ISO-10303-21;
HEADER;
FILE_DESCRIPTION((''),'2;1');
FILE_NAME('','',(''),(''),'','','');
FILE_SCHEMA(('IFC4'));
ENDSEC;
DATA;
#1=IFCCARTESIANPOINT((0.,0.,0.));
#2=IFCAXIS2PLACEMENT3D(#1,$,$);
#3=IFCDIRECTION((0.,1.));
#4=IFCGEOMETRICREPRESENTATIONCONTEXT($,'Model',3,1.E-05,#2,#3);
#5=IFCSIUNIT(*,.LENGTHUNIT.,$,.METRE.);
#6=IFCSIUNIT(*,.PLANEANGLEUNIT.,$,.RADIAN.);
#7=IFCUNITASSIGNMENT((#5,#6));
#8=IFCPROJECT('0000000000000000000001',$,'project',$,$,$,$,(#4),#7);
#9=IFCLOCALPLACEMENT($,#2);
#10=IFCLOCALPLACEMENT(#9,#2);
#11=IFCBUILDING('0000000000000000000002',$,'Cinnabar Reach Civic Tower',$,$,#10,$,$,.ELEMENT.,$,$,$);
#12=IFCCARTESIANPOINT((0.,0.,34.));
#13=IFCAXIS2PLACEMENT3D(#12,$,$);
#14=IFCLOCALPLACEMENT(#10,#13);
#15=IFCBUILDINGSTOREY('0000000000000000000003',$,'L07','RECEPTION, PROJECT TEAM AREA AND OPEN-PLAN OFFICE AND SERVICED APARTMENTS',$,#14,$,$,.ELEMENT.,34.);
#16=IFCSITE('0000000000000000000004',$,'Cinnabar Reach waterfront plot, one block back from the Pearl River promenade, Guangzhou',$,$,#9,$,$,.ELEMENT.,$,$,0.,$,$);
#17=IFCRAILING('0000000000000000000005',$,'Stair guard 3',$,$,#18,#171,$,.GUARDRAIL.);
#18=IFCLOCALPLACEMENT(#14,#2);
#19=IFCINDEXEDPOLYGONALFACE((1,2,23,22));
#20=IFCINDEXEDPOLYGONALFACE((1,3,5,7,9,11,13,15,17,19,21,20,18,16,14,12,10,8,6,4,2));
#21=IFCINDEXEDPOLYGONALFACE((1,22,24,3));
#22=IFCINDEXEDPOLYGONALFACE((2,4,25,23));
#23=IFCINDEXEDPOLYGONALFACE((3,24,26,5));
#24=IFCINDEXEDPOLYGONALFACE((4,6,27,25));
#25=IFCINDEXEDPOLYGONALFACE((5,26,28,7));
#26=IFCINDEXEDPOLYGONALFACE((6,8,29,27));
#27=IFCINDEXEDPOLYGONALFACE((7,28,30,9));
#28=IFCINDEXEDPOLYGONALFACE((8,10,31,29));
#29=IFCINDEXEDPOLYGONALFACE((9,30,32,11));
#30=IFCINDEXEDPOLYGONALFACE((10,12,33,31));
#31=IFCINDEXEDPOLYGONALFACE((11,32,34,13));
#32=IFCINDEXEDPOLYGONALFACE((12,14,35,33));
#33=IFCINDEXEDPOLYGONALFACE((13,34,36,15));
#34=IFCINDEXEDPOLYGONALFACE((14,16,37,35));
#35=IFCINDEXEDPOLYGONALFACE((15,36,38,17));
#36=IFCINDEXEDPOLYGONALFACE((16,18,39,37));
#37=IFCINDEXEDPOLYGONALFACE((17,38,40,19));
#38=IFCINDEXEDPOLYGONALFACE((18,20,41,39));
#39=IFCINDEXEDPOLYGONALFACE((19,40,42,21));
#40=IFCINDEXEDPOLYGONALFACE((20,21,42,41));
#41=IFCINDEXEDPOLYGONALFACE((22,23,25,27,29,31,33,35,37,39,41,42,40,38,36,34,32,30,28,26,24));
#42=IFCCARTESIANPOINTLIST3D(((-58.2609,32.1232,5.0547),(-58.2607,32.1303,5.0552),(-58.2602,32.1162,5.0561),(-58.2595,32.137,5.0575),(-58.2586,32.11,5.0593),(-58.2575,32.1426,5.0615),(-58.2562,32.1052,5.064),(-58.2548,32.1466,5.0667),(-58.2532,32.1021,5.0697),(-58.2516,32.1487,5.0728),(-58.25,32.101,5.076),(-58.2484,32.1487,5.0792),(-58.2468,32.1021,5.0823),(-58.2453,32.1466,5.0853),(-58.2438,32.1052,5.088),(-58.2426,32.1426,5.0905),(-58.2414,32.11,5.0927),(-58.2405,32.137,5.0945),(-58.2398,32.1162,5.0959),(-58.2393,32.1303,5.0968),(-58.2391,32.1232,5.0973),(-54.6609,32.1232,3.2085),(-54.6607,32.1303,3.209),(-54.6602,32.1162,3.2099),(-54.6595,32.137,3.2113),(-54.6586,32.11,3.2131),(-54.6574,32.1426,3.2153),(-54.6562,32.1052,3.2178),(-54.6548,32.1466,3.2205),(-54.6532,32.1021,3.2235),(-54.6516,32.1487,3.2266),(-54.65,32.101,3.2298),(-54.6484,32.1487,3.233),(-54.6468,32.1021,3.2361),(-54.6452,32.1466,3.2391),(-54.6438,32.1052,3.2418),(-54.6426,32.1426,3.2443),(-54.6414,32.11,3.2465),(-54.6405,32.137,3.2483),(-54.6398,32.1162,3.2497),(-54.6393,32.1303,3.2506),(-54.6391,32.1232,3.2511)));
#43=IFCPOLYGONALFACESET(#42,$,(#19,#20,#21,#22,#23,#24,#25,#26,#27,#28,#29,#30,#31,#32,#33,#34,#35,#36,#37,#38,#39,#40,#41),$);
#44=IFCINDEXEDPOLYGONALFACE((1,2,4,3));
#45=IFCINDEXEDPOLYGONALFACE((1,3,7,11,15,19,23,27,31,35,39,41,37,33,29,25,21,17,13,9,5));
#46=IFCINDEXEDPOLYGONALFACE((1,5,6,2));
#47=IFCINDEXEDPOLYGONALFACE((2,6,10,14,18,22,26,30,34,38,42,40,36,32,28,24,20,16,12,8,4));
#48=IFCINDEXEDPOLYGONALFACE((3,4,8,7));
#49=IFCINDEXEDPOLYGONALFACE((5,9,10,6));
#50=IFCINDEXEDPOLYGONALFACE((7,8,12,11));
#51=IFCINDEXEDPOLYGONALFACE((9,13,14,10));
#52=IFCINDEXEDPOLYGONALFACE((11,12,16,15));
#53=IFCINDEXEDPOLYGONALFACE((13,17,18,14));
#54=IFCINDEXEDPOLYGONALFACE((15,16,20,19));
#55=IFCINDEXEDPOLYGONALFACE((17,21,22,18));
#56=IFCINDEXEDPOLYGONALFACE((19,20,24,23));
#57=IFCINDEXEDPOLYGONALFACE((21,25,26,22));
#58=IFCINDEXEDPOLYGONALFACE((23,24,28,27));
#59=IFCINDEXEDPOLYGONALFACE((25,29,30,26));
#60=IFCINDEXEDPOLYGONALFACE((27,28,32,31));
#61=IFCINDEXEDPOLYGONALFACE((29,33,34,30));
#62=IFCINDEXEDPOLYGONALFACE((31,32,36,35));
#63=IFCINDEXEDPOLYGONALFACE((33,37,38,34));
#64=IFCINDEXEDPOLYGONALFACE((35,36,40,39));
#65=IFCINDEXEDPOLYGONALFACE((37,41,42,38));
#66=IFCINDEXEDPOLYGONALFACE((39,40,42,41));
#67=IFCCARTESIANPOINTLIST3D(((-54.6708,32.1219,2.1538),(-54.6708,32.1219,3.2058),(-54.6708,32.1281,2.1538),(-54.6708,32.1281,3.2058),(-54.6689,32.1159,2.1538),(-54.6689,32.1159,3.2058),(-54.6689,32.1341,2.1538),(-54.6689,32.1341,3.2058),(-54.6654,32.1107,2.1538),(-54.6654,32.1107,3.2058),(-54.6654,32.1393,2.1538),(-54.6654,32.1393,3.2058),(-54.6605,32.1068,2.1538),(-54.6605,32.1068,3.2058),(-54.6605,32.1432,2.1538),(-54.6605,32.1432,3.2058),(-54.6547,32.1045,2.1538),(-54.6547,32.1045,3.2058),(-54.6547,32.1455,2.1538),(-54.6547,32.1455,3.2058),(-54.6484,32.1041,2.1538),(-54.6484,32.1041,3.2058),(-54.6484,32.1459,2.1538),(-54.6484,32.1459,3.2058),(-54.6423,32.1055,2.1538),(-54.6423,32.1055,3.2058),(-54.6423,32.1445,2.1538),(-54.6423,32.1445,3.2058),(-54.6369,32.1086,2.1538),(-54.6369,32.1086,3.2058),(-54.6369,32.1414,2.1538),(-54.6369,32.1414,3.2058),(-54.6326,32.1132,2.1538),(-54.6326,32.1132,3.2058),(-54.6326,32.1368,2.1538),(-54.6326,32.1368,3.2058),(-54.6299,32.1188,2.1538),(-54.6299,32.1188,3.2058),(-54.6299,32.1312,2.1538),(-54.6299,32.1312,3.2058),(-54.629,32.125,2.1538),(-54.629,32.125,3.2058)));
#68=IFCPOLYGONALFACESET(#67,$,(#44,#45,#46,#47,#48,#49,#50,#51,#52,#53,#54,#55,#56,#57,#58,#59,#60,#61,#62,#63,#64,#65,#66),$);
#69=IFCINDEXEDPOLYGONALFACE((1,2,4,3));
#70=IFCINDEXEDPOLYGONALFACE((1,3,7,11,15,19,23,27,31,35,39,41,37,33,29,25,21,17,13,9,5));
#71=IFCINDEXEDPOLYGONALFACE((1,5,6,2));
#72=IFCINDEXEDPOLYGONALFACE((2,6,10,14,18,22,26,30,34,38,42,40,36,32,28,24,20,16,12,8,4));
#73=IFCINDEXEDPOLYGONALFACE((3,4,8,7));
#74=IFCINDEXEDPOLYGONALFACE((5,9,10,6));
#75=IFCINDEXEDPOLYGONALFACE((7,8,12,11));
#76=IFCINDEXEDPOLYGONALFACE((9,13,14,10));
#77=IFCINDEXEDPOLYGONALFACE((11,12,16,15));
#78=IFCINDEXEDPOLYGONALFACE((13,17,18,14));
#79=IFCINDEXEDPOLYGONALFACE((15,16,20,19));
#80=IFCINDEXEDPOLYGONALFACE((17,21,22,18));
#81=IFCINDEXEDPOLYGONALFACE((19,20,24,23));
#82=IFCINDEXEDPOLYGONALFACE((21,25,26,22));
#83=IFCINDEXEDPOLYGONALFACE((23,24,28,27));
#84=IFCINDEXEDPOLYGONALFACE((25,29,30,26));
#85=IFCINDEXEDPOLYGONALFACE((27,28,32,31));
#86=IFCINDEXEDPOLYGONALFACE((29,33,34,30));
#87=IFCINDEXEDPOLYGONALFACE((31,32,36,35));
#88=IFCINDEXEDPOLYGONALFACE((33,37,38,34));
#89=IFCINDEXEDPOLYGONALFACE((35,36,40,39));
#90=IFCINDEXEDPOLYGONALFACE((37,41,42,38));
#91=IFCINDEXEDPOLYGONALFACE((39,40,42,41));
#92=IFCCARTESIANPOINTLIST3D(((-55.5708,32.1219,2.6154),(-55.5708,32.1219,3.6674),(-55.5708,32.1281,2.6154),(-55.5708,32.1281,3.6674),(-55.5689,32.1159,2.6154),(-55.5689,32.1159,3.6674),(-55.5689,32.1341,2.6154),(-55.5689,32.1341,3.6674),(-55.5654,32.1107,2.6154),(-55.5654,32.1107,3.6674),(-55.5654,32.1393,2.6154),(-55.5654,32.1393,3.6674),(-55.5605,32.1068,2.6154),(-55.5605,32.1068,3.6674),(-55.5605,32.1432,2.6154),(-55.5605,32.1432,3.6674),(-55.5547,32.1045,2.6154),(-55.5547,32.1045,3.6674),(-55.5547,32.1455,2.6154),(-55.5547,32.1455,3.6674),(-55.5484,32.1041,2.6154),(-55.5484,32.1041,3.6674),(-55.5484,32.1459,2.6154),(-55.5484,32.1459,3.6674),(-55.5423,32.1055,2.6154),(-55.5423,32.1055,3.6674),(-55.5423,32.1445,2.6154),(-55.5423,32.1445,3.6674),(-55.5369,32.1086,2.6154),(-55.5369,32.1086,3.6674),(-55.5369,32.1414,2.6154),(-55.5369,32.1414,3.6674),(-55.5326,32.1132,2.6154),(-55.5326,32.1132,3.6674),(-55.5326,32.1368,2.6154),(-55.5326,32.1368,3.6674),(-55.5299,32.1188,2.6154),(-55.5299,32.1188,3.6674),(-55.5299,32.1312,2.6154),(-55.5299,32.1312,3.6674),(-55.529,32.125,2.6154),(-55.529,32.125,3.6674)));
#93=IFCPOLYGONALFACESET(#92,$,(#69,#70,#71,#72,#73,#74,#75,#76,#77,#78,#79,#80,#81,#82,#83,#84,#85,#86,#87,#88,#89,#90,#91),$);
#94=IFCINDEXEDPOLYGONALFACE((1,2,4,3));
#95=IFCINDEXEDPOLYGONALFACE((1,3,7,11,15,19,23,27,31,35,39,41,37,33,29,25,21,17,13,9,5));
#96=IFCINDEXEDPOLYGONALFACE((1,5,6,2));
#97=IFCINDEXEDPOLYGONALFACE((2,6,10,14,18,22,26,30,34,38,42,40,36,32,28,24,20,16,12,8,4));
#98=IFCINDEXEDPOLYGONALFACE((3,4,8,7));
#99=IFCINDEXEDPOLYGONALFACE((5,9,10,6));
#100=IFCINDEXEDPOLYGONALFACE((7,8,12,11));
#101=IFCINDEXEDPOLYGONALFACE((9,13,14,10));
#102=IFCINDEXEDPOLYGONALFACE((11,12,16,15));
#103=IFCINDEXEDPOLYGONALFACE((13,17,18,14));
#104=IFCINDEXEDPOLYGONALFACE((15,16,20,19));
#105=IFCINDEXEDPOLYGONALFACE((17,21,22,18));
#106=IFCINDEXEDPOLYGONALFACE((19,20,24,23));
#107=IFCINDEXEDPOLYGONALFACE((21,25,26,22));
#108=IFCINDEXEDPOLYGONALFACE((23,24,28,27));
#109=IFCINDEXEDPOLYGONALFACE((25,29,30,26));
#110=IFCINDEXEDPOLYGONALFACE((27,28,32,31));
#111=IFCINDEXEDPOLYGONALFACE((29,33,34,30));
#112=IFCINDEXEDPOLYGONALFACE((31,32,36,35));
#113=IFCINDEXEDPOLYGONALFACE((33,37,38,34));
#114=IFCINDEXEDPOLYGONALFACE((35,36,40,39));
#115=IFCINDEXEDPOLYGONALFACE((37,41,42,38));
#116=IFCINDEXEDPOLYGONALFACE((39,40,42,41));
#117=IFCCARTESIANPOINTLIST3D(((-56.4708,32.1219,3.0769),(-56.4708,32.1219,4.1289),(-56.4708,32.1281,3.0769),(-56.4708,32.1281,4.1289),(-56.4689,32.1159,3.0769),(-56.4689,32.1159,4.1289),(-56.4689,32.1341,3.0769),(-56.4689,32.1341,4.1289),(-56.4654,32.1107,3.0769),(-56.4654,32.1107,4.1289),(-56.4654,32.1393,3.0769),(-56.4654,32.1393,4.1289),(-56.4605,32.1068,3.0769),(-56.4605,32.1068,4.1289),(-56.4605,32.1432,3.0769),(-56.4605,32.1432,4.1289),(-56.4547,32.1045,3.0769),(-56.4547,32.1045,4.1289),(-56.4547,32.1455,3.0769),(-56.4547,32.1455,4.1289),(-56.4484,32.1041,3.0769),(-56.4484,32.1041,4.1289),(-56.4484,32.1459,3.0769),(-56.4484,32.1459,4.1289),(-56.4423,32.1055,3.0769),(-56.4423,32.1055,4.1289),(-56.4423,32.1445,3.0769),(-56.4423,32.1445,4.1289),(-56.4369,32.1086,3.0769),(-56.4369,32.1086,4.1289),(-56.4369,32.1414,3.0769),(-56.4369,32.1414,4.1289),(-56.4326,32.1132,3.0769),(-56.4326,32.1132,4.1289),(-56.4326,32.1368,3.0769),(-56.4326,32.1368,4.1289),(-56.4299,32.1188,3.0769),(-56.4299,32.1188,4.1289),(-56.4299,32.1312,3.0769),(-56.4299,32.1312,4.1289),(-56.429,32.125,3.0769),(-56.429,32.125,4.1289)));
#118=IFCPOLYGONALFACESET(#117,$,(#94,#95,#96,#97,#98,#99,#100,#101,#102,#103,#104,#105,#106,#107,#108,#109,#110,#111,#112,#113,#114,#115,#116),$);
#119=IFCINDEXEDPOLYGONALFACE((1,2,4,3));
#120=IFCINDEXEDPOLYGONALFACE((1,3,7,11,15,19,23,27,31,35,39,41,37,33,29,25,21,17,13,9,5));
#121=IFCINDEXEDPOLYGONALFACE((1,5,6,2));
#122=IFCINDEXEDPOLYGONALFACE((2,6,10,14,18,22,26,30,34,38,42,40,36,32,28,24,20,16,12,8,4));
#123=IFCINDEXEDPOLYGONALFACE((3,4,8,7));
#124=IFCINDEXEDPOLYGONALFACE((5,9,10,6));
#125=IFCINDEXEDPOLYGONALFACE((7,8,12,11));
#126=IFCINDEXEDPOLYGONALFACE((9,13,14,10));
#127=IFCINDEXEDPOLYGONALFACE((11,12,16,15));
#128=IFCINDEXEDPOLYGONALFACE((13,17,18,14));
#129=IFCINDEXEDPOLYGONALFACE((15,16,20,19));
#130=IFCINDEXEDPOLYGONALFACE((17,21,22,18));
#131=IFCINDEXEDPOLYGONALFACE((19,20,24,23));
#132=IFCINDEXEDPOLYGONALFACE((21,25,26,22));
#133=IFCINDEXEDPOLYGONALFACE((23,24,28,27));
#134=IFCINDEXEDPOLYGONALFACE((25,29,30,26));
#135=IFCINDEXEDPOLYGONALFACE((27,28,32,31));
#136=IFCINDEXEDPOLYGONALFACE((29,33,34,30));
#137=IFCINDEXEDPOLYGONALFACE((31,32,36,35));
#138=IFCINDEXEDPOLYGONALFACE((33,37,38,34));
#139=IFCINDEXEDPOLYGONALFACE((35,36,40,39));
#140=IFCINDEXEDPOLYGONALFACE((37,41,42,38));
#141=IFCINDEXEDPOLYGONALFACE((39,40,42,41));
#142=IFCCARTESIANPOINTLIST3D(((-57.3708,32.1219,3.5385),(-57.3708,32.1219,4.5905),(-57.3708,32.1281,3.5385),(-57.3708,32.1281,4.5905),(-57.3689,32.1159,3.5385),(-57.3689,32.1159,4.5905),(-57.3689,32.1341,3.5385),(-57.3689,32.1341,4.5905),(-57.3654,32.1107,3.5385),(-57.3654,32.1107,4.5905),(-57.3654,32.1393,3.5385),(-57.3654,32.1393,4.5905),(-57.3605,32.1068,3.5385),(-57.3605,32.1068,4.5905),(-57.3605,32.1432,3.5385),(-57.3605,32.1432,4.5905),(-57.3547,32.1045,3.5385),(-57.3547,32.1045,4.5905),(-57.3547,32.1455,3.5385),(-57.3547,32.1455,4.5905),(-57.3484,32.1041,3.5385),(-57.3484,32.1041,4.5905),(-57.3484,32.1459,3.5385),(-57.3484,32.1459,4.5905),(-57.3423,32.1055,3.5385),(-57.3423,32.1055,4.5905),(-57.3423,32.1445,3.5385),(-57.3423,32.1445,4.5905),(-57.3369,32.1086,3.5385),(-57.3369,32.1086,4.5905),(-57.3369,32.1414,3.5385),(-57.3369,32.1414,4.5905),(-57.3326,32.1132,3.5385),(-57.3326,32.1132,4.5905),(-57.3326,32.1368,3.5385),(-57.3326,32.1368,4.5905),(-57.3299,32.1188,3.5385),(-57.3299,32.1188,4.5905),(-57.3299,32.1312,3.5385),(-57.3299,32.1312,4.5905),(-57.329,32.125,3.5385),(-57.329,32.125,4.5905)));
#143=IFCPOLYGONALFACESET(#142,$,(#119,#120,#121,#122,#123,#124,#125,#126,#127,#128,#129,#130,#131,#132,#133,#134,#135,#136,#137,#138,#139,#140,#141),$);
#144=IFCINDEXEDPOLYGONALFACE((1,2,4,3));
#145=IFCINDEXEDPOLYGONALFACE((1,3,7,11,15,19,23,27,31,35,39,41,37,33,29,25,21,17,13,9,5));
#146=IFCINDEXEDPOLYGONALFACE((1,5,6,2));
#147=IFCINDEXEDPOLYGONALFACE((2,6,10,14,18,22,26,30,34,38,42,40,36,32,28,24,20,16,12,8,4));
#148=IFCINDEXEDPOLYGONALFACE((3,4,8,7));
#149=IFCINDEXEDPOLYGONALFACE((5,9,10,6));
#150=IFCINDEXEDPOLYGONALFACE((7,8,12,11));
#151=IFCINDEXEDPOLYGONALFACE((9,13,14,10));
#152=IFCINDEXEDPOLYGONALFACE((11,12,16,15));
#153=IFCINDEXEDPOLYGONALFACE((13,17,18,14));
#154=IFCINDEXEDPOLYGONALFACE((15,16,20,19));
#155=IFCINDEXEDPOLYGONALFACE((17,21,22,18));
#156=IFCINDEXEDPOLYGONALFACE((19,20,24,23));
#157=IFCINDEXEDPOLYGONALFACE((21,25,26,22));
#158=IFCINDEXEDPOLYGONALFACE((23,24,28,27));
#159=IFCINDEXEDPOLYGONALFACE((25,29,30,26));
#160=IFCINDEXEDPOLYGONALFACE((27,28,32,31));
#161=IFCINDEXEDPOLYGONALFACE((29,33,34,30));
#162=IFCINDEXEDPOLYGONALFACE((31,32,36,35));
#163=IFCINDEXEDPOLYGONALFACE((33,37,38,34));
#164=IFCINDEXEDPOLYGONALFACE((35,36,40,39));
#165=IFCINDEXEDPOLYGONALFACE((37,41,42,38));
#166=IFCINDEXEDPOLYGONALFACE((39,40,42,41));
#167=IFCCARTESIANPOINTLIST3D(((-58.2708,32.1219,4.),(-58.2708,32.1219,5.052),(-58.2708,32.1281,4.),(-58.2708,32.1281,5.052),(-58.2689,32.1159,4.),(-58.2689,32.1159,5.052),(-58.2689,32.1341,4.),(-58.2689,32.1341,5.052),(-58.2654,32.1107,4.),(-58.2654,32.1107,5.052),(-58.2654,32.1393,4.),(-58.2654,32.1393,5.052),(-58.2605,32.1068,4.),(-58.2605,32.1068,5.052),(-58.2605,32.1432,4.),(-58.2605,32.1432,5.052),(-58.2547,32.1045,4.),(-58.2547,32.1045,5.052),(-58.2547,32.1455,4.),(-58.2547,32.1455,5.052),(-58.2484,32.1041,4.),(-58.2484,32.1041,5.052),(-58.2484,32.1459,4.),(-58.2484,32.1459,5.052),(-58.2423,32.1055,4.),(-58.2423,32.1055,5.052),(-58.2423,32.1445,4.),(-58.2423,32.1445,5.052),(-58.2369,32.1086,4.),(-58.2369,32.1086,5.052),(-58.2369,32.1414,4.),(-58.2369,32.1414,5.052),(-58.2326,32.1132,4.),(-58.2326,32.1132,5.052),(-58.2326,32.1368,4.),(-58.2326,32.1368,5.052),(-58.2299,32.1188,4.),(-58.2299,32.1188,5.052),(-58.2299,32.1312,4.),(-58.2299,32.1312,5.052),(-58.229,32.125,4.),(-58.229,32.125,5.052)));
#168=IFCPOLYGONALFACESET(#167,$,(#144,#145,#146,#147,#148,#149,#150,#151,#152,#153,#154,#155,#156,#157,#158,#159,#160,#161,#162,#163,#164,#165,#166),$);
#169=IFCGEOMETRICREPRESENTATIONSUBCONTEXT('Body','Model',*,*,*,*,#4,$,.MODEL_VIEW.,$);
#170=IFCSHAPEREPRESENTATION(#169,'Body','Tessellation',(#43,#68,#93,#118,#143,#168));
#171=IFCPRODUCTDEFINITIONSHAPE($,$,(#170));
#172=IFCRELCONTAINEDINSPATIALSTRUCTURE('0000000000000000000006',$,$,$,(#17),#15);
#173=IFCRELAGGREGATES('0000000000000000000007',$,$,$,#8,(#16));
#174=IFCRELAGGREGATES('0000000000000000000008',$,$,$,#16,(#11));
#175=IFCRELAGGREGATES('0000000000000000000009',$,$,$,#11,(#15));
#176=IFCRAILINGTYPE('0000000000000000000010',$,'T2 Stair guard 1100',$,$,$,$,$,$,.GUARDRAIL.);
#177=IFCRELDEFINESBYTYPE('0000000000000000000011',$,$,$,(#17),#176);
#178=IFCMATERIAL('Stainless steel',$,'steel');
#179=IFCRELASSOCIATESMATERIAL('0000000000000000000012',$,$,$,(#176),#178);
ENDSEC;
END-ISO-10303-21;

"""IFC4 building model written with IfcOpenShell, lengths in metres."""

from ifc_helpers import new_model, si_unit, direction, frame, origin, origin_2d, place, context, subcontext, project, spatial, circle, extrude, material, type_object, element, save


model = new_model("IFC4")

# Units and contexts
model_context = context("Model", 3, precision=1e-05, world=origin(), true_north=direction((0.0, 1.0)))
body_context = subcontext(model_context, "Body", "Model", "MODEL_VIEW")
ifc_project = project(units=[si_unit("LENGTHUNIT", "METRE"), si_unit("PLANEANGLEUNIT", "RADIAN")], contexts=[model_context])

# Site, building, storey
site_placement = place(None, origin())
site = spatial("IfcSite", under=ifc_project, at=site_placement, Name="Cinnabar Reach waterfront plot, one block back from the Pearl River promenade, Guangzhou", CompositionType="ELEMENT", RefElevation=0.0)
building_placement = place(site_placement, origin())
building = spatial("IfcBuilding", under=site, at=building_placement, Name="Cinnabar Reach Civic Tower", CompositionType="ELEMENT")
storey_placement = place(building_placement, frame((0.0, 0.0, 34.0)))
storey = spatial("IfcBuildingStorey", under=building, at=storey_placement, Name="L07", Description="RECEPTION, PROJECT TEAM AREA AND OPEN-PLAN OFFICE AND SERVICED APARTMENTS", CompositionType="ELEMENT", Elevation=34.0)

# Railing
ifc_material_1 = material(Name="Stainless steel", Category="steel")
railing_type = type_object("IfcRailingType", Name="T2 Stair guard 1100", PredefinedType="GUARDRAIL", material=ifc_material_1)
railing_1_placement = place(storey_placement, frame((-54.65, 32.125, 2.1538)))
element("IfcRailing", 1, at=railing_1_placement, inside=storey, type_object=railing_type, Name="Stair guard 3", PredefinedType="GUARDRAIL", context=body_context, shape_type="SweptSolid", body=[
    extrude(circle(Radius=0.024, at=origin_2d()), frame((0.0, 0.0, 1.076), z_axis=(-0.889813, 0.0, 0.456326), x_axis=(0.0, -1.0, 0.0)), (0.0, 0.0, 1.0), 4.0458),
    extrude(circle(Radius=0.021, at=origin_2d()), origin(), (0.0, 0.0, 1.0), 1.052),
    extrude(circle(Radius=0.021, at=origin_2d()), frame((-0.9, 0.0, 0.4616)), (0.0, 0.0, 1.0), 1.052),
    extrude(circle(Radius=0.021, at=origin_2d()), frame((-1.8, 0.0, 0.9231)), (0.0, 0.0, 1.0), 1.052),
    extrude(circle(Radius=0.021, at=origin_2d()), frame((-2.7, 0.0, 1.3847)), (0.0, 0.0, 1.0), 1.052),
    extrude(circle(Radius=0.021, at=origin_2d()), frame((-3.6, 0.0, 1.8462)), (0.0, 0.0, 1.0), 1.052),
])

save(model, "model.ifc")
